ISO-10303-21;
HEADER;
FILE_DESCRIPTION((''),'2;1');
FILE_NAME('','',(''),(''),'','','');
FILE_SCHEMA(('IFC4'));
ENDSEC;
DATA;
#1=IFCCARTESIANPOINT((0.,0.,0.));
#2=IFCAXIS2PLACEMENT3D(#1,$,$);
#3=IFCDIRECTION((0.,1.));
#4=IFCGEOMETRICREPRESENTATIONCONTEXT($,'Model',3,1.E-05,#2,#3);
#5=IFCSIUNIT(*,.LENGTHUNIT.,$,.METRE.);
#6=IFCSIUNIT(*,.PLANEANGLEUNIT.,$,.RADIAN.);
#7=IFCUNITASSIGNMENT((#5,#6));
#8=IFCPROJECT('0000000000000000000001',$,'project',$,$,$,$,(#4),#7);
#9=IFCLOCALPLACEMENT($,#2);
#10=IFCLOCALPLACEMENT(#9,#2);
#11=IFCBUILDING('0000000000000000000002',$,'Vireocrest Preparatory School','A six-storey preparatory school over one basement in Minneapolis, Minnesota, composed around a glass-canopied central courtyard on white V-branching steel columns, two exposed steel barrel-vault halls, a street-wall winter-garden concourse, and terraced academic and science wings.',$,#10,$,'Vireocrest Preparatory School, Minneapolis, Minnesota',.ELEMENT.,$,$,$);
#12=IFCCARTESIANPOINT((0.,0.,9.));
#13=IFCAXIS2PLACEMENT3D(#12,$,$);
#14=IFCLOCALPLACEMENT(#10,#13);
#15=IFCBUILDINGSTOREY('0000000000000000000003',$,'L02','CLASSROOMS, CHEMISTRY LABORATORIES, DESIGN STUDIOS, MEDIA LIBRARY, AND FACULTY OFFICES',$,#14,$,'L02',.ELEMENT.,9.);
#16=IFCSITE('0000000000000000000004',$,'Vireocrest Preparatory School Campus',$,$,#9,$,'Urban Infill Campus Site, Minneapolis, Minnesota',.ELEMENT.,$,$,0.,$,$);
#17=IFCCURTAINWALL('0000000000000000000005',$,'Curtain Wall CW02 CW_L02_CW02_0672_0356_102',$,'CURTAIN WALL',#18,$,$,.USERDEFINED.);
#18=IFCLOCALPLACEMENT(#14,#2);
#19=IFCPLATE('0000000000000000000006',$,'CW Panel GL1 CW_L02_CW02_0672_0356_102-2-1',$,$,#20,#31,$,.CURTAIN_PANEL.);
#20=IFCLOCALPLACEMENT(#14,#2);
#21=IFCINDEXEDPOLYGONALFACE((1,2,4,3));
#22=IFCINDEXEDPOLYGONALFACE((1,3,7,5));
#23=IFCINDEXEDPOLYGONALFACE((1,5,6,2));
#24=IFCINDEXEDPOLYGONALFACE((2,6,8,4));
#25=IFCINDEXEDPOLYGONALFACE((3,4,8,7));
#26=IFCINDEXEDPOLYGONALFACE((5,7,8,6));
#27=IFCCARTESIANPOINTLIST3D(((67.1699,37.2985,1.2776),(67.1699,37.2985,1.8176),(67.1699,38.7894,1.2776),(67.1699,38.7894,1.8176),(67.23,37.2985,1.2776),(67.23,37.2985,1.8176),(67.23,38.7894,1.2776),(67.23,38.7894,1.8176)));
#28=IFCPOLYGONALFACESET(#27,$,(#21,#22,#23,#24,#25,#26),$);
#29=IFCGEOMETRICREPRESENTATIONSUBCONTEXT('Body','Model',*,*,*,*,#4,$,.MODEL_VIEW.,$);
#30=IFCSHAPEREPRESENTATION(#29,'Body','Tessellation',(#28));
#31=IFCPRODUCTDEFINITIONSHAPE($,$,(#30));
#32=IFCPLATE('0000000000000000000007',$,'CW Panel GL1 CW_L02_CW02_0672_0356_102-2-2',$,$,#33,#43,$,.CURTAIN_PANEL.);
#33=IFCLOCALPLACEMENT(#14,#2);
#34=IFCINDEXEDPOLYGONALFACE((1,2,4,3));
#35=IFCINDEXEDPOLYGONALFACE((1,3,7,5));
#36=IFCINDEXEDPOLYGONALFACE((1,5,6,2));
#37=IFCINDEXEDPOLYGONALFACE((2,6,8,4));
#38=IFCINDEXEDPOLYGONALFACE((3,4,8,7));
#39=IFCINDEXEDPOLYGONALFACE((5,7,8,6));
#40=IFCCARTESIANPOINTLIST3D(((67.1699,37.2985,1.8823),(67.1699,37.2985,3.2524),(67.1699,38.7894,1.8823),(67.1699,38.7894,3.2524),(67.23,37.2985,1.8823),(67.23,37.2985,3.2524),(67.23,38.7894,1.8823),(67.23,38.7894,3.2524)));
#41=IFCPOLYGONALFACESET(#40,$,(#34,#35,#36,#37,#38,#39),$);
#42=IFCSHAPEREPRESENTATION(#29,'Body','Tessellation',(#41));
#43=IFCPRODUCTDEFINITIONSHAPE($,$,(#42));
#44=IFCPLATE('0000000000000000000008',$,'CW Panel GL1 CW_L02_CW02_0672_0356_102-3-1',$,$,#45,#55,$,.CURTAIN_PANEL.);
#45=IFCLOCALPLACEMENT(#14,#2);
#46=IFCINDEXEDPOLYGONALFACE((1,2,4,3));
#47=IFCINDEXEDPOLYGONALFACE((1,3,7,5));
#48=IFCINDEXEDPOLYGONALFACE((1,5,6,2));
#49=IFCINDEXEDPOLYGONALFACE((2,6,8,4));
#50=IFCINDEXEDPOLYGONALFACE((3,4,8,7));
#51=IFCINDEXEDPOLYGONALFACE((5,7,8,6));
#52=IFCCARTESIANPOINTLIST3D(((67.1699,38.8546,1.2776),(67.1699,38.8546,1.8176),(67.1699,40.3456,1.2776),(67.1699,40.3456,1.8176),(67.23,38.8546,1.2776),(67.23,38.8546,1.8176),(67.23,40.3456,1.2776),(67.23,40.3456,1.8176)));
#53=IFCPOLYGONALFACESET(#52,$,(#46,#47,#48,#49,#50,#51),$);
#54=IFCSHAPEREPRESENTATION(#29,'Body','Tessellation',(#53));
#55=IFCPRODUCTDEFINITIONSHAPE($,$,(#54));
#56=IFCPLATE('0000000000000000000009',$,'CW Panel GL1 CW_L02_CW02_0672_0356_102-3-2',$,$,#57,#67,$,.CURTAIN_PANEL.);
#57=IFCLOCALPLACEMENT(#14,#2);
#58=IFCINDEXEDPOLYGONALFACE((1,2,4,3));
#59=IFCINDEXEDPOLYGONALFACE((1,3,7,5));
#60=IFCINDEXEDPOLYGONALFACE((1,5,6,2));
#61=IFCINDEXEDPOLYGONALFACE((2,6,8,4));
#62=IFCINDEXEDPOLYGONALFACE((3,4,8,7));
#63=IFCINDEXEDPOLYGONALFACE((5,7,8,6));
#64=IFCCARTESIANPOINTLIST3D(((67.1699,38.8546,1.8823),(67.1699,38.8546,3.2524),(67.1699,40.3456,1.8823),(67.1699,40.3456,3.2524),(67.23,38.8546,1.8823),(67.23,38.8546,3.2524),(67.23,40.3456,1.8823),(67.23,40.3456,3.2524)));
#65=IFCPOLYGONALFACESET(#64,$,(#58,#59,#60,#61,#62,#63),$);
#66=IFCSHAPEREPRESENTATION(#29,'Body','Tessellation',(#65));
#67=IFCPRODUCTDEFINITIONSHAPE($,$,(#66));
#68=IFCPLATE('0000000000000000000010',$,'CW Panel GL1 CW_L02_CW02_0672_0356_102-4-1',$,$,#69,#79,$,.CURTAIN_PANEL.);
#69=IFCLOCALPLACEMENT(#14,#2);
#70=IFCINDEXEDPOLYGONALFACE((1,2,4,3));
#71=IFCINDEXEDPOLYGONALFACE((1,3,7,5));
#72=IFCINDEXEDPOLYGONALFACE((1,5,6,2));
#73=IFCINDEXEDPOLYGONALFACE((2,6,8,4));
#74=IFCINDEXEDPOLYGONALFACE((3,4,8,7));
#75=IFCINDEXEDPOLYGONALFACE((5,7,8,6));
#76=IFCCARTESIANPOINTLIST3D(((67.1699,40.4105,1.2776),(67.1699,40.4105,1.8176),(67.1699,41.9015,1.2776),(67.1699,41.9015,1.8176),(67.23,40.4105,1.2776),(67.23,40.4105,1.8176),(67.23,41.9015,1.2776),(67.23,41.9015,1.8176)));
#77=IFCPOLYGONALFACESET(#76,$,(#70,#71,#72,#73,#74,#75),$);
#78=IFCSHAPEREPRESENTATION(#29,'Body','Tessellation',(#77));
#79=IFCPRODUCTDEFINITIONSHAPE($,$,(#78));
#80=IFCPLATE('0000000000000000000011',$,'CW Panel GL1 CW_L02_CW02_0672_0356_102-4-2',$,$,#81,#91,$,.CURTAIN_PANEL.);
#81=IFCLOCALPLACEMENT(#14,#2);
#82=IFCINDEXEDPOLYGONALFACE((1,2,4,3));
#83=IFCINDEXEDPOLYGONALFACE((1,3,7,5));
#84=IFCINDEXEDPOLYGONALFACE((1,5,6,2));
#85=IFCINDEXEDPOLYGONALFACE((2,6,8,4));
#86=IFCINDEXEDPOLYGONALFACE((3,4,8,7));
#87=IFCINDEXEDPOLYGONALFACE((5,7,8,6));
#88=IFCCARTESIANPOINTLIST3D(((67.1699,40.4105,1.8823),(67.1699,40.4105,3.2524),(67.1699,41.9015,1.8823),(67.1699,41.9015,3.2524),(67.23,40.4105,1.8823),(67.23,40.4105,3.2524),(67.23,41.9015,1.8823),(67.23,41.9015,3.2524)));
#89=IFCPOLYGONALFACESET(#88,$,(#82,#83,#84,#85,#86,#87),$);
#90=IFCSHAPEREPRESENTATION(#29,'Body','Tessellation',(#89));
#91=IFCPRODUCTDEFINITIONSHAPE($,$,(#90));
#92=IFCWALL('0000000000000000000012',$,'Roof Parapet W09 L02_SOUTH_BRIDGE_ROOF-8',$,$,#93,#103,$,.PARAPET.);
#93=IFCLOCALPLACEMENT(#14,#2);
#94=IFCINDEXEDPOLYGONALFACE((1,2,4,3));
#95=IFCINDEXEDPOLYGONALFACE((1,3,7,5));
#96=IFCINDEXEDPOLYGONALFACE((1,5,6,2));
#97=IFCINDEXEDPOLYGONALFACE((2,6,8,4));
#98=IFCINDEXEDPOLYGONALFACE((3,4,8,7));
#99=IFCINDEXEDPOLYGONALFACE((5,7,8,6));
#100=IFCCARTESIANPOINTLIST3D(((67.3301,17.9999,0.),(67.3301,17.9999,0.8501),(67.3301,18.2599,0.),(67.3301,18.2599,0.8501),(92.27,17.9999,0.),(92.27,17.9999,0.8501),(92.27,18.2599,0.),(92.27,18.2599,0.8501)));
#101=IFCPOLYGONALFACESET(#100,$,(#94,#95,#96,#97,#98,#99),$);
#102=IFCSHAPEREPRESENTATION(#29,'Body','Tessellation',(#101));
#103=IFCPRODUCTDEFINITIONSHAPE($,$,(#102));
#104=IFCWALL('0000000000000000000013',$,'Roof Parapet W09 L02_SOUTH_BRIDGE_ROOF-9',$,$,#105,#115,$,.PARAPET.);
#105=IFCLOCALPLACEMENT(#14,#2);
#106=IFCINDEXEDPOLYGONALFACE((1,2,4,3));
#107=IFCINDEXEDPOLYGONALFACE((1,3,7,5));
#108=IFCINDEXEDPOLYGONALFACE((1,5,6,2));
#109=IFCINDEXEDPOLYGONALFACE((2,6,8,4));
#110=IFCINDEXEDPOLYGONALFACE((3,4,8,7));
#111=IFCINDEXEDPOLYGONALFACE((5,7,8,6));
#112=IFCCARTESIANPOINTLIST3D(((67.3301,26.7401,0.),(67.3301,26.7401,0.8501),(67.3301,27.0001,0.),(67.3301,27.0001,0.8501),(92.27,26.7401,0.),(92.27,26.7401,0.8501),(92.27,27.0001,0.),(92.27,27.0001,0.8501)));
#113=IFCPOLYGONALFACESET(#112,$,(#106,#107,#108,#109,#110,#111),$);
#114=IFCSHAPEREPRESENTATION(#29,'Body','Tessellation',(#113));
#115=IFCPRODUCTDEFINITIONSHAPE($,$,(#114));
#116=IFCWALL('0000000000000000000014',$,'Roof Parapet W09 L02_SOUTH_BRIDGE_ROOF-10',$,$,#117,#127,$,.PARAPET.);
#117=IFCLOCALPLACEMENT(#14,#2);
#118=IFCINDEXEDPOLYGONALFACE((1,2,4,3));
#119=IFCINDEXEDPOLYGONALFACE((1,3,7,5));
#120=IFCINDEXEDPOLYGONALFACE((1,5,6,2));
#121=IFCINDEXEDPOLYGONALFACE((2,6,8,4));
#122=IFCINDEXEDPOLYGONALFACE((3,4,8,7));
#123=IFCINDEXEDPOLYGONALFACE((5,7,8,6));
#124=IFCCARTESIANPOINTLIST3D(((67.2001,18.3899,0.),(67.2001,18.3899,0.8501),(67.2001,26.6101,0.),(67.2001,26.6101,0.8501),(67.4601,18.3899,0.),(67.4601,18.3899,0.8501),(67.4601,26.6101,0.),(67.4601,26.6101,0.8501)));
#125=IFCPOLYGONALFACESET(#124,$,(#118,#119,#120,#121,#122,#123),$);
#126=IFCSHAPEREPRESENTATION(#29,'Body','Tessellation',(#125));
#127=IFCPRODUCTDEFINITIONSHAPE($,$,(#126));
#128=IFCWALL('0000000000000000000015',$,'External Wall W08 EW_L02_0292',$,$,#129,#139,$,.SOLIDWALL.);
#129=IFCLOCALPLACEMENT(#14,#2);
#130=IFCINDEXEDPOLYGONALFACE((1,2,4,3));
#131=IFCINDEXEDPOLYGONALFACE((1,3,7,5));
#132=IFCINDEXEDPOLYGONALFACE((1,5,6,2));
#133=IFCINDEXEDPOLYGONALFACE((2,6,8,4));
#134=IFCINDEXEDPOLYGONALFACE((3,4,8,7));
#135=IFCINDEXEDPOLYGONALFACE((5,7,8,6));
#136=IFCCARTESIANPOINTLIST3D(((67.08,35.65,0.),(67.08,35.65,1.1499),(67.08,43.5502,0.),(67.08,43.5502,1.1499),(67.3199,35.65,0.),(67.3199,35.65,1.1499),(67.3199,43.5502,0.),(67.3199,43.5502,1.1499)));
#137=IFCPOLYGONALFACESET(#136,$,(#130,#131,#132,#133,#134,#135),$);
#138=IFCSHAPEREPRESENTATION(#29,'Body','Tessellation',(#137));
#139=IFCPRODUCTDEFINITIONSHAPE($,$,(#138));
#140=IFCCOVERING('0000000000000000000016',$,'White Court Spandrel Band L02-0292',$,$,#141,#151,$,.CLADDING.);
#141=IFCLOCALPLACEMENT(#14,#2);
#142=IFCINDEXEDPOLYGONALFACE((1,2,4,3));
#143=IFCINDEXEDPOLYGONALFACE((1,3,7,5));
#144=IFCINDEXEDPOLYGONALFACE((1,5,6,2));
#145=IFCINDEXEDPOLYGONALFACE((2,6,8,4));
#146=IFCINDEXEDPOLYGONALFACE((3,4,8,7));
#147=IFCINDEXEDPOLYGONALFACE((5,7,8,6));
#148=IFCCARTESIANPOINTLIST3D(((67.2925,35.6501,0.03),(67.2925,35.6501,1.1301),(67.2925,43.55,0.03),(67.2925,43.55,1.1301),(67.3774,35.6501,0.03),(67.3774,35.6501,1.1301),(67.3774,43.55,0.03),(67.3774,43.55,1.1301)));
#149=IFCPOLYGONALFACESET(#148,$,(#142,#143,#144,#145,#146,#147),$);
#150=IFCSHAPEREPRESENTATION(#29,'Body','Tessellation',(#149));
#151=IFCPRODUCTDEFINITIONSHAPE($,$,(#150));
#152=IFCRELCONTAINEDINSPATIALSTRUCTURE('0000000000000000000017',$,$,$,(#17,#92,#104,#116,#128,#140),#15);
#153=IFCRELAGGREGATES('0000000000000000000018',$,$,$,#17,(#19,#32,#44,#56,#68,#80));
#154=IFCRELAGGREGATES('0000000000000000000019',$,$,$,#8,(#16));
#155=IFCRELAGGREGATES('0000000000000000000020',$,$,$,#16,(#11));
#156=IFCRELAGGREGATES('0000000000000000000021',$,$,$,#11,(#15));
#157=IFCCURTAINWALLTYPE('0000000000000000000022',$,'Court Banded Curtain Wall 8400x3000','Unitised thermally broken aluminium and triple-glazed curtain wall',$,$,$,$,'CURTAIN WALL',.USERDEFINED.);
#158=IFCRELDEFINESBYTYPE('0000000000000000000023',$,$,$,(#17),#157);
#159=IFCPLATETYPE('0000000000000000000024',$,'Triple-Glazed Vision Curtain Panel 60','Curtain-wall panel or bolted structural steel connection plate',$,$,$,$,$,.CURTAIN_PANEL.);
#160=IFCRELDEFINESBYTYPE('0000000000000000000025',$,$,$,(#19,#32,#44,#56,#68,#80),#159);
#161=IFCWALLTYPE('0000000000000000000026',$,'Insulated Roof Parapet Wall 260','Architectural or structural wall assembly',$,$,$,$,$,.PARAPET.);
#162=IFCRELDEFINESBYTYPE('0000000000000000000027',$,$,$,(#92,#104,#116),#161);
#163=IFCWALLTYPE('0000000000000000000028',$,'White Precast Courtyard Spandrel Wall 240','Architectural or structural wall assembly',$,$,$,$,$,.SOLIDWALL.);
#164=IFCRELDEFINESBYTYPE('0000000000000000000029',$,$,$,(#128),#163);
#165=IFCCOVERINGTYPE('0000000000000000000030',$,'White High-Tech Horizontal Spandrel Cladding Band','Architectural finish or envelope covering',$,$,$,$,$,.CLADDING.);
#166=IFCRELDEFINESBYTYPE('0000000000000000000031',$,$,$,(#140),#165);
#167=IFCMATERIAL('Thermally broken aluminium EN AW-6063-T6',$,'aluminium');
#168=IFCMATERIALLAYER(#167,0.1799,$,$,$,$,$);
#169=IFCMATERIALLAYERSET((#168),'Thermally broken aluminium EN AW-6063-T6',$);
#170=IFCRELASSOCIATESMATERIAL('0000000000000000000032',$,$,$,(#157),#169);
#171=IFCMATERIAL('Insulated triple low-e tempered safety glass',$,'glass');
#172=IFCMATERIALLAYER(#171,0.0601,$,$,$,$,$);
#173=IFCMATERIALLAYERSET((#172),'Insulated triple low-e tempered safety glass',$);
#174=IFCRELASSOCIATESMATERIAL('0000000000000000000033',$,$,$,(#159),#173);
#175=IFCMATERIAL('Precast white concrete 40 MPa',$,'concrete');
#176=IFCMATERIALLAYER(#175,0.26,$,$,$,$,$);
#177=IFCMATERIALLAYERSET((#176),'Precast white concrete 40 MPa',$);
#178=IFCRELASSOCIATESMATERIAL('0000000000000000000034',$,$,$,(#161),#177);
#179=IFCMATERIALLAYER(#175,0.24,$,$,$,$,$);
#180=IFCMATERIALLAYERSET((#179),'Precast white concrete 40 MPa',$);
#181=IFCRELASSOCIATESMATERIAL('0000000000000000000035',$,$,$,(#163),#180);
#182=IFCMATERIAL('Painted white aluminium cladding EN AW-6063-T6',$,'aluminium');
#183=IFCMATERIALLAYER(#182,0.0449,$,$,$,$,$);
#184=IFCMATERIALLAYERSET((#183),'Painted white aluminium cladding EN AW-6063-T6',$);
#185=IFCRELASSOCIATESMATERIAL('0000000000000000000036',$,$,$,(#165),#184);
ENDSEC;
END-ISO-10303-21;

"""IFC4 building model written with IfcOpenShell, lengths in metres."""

from ifc_helpers import new_model, si_unit, direction, frame, frame_2d, origin, origin_2d, place, context, subcontext, project, spatial, rectangle, extrude, material, layer, layer_set, type_object, element, aggregate, save


model = new_model("IFC4")

# Units and contexts
model_context = context("Model", 3, precision=1e-05, world=origin(), true_north=direction((0.0, 1.0)))
body_context = subcontext(model_context, "Body", "Model", "MODEL_VIEW")
ifc_project = project(units=[si_unit("LENGTHUNIT", "METRE"), si_unit("PLANEANGLEUNIT", "RADIAN")], contexts=[model_context])

# Site, building, storey
site_placement = place(None, origin())
site = spatial("IfcSite", under=ifc_project, at=site_placement, Name="Vireocrest Preparatory School Campus", LongName="Urban Infill Campus Site, Minneapolis, Minnesota", CompositionType="ELEMENT", RefElevation=0.0)
building_placement = place(site_placement, origin())
building = spatial("IfcBuilding", under=site, at=building_placement, Name="Vireocrest Preparatory School", Description="A six-storey preparatory school over one basement in Minneapolis, Minnesota, composed around a glass-canopied central courtyard on white V-branching steel columns, two exposed steel barrel-vault halls, a street-wall winter-garden concourse, and terraced academic and science wings.", LongName="Vireocrest Preparatory School, Minneapolis, Minnesota", CompositionType="ELEMENT")
storey_placement = place(building_placement, frame((0.0, 0.0, 9.0)))
storey = spatial("IfcBuildingStorey", under=building, at=storey_placement, Name="L02", Description="CLASSROOMS, CHEMISTRY LABORATORIES, DESIGN STUDIOS, MEDIA LIBRARY, AND FACULTY OFFICES", LongName="L02", CompositionType="ELEMENT", Elevation=9.0)

# Curtain wall
ifc_material_1 = material(Name="Thermally broken aluminium EN AW-6063-T6", Category="aluminium")
ifc_layer_1 = layer(ifc_material_1, 0.1799)
ifc_layer_set_1 = layer_set([ifc_layer_1], Name="Thermally broken aluminium EN AW-6063-T6")
curtain_wall_type = type_object("IfcCurtainWallType", Name="Court Banded Curtain Wall 8400x3000", Description="Unitised thermally broken aluminium and triple-glazed curtain wall", ElementType="CURTAIN WALL", PredefinedType="USERDEFINED", material=ifc_layer_set_1)
curtain_wall_placement = place(storey_placement, origin())
curtain_wall = element("IfcCurtainWall", 1, at=curtain_wall_placement, inside=storey, type_object=curtain_wall_type, Name="Curtain Wall CW02 CW_L02_CW02_0672_0356_102", ObjectType="CURTAIN WALL", PredefinedType="USERDEFINED")

# Plates
ifc_material_2 = material(Name="Insulated triple low-e tempered safety glass", Category="glass")
ifc_layer_2 = layer(ifc_material_2, 0.0601)
ifc_layer_set_2 = layer_set([ifc_layer_2], Name="Insulated triple low-e tempered safety glass")
plate_type = type_object("IfcPlateType", Name="Triple-Glazed Vision Curtain Panel 60", Description="Curtain-wall panel or bolted structural steel connection plate", PredefinedType="CURTAIN_PANEL", material=ifc_layer_set_2)
plate_1_placement = place(storey_placement, frame((67.2, 38.0439, 1.2776), z_axis=(0.0, 0.0, 1.0), x_axis=(0.0, 1.0, 0.0)))
plate_1 = element("IfcPlate", 2, at=plate_1_placement, type_object=plate_type, Name="CW Panel GL1 CW_L02_CW02_0672_0356_102-2-1", PredefinedType="CURTAIN_PANEL", context=body_context, shape_type="SweptSolid", body=[
    extrude(rectangle(XDim=1.491, YDim=0.0601, at=origin_2d()), origin(), (0.0, 0.0, 1.0), 0.54),
])
plate_2_placement = place(storey_placement, frame((67.2, 38.0439, 1.8823), z_axis=(0.0, 0.0, 1.0), x_axis=(0.0, 1.0, 0.0)))
plate_2 = element("IfcPlate", 3, at=plate_2_placement, type_object=plate_type, Name="CW Panel GL1 CW_L02_CW02_0672_0356_102-2-2", PredefinedType="CURTAIN_PANEL", context=body_context, shape_type="SweptSolid", body=[
    extrude(rectangle(XDim=1.491, YDim=0.0601, at=origin_2d()), origin(), (0.0, 0.0, 1.0), 1.3701),
])
plate_3_placement = place(storey_placement, frame((67.2, 39.6001, 1.2776), z_axis=(0.0, 0.0, 1.0), x_axis=(0.0, 1.0, 0.0)))
plate_3 = element("IfcPlate", 4, at=plate_3_placement, type_object=plate_type, Name="CW Panel GL1 CW_L02_CW02_0672_0356_102-3-1", PredefinedType="CURTAIN_PANEL", context=body_context, shape_type="SweptSolid", body=[
    extrude(rectangle(XDim=1.491, YDim=0.0601, at=origin_2d()), origin(), (0.0, 0.0, 1.0), 0.54),
])
plate_4_placement = place(storey_placement, frame((67.2, 39.6001, 1.8823), z_axis=(0.0, 0.0, 1.0), x_axis=(0.0, 1.0, 0.0)))
plate_4 = element("IfcPlate", 5, at=plate_4_placement, type_object=plate_type, Name="CW Panel GL1 CW_L02_CW02_0672_0356_102-3-2", PredefinedType="CURTAIN_PANEL", context=body_context, shape_type="SweptSolid", body=[
    extrude(rectangle(XDim=1.491, YDim=0.0601, at=origin_2d()), origin(), (0.0, 0.0, 1.0), 1.3701),
])
plate_5_placement = place(storey_placement, frame((67.2, 41.156, 1.2776), z_axis=(0.0, 0.0, 1.0), x_axis=(0.0, 1.0, 0.0)))
plate_5 = element("IfcPlate", 6, at=plate_5_placement, type_object=plate_type, Name="CW Panel GL1 CW_L02_CW02_0672_0356_102-4-1", PredefinedType="CURTAIN_PANEL", context=body_context, shape_type="SweptSolid", body=[
    extrude(rectangle(XDim=1.491, YDim=0.0601, at=origin_2d()), origin(), (0.0, 0.0, 1.0), 0.54),
])
plate_6_placement = place(storey_placement, frame((67.2, 41.156, 1.8823), z_axis=(0.0, 0.0, 1.0), x_axis=(0.0, 1.0, 0.0)))
plate_6 = element("IfcPlate", 7, at=plate_6_placement, type_object=plate_type, Name="CW Panel GL1 CW_L02_CW02_0672_0356_102-4-2", PredefinedType="CURTAIN_PANEL", context=body_context, shape_type="SweptSolid", body=[
    extrude(rectangle(XDim=1.491, YDim=0.0601, at=origin_2d()), origin(), (0.0, 0.0, 1.0), 1.3701),
])
aggregate(curtain_wall, [plate_1, plate_2, plate_3, plate_4, plate_5, plate_6])

# Walls
ifc_material_3 = material(Name="Precast white concrete 40 MPa", Category="concrete")
ifc_layer_3 = layer(ifc_material_3, 0.26)
ifc_layer_set_3 = layer_set([ifc_layer_3], Name="Precast white concrete 40 MPa")
wall_type_1 = type_object("IfcWallType", Name="Insulated Roof Parapet Wall 260", Description="Architectural or structural wall assembly", PredefinedType="PARAPET", material=ifc_layer_set_3)
for number, where, z_axis, x_axis, name in (
    (8, (67.3301, 18.1299, 0.0), (0.0, 0.0, 1.0), (1.0, 0.0, 0.0), "Roof Parapet W09 L02_SOUTH_BRIDGE_ROOF-8"),
    (9, (67.3301, 26.8701, 0.0), (0.0, 0.0, 1.0), (1.0, 0.0, 0.0), "Roof Parapet W09 L02_SOUTH_BRIDGE_ROOF-9"),
):
    element("IfcWall", number, at=place(storey_placement, frame(where, z_axis=z_axis, x_axis=x_axis)), inside=storey, type_object=wall_type_1, Name=name, PredefinedType="PARAPET", context=body_context, shape_type="SweptSolid", body=[
        extrude(rectangle(XDim=24.9399, YDim=0.26, at=frame_2d((12.47, 0.0))), origin(), (0.0, 0.0, 1.0), 0.8501),
    ])
wall_1_placement = place(storey_placement, frame((67.3301, 18.3899, 0.0), z_axis=(0.0, 0.0, 1.0), x_axis=(0.0, 1.0, 0.0)))
element("IfcWall", 10, at=wall_1_placement, inside=storey, type_object=wall_type_1, Name="Roof Parapet W09 L02_SOUTH_BRIDGE_ROOF-10", PredefinedType="PARAPET", context=body_context, shape_type="SweptSolid", body=[
    extrude(rectangle(XDim=8.2202, YDim=0.26, at=frame_2d((4.1101, 0.0))), origin(), (0.0, 0.0, 1.0), 0.8501),
])
ifc_layer_4 = layer(ifc_material_3, 0.24)
ifc_layer_set_4 = layer_set([ifc_layer_4], Name="Precast white concrete 40 MPa")
wall_type_2 = type_object("IfcWallType", Name="White Precast Courtyard Spandrel Wall 240", Description="Architectural or structural wall assembly", PredefinedType="SOLIDWALL", material=ifc_layer_set_4)
wall_2_placement = place(storey_placement, frame((67.2, 35.6499, 0.0), z_axis=(0.0, 0.0, 1.0), x_axis=(0.0, 1.0, 0.0)))
element("IfcWall", 11, at=wall_2_placement, inside=storey, type_object=wall_type_2, Name="External Wall W08 EW_L02_0292", PredefinedType="SOLIDWALL", context=body_context, shape_type="SweptSolid", body=[
    extrude(rectangle(XDim=7.9001, YDim=0.24, at=frame_2d((3.9502, 0.0))), origin(), (0.0, 0.0, 1.0), 1.1499),
])

# Covering
ifc_material_4 = material(Name="Painted white aluminium cladding EN AW-6063-T6", Category="aluminium")
ifc_layer_5 = layer(ifc_material_4, 0.0449)
ifc_layer_set_5 = layer_set([ifc_layer_5], Name="Painted white aluminium cladding EN AW-6063-T6")
covering_type = type_object("IfcCoveringType", Name="White High-Tech Horizontal Spandrel Cladding Band", Description="Architectural finish or envelope covering", PredefinedType="CLADDING", material=ifc_layer_set_5)
covering_placement = place(storey_placement, frame((67.335, 39.6001, 0.03), z_axis=(0.0, 0.0, 1.0), x_axis=(1.0, 0.0, 0.0)))
element("IfcCovering", 12, at=covering_placement, inside=storey, type_object=covering_type, Name="White Court Spandrel Band L02-0292", PredefinedType="CLADDING", context=body_context, shape_type="SweptSolid", body=[
    extrude(rectangle(XDim=0.085, YDim=7.8999, at=origin_2d()), origin(), (0.0, 0.0, 1.0), 1.1001),
])

save(model, "model.ifc")
